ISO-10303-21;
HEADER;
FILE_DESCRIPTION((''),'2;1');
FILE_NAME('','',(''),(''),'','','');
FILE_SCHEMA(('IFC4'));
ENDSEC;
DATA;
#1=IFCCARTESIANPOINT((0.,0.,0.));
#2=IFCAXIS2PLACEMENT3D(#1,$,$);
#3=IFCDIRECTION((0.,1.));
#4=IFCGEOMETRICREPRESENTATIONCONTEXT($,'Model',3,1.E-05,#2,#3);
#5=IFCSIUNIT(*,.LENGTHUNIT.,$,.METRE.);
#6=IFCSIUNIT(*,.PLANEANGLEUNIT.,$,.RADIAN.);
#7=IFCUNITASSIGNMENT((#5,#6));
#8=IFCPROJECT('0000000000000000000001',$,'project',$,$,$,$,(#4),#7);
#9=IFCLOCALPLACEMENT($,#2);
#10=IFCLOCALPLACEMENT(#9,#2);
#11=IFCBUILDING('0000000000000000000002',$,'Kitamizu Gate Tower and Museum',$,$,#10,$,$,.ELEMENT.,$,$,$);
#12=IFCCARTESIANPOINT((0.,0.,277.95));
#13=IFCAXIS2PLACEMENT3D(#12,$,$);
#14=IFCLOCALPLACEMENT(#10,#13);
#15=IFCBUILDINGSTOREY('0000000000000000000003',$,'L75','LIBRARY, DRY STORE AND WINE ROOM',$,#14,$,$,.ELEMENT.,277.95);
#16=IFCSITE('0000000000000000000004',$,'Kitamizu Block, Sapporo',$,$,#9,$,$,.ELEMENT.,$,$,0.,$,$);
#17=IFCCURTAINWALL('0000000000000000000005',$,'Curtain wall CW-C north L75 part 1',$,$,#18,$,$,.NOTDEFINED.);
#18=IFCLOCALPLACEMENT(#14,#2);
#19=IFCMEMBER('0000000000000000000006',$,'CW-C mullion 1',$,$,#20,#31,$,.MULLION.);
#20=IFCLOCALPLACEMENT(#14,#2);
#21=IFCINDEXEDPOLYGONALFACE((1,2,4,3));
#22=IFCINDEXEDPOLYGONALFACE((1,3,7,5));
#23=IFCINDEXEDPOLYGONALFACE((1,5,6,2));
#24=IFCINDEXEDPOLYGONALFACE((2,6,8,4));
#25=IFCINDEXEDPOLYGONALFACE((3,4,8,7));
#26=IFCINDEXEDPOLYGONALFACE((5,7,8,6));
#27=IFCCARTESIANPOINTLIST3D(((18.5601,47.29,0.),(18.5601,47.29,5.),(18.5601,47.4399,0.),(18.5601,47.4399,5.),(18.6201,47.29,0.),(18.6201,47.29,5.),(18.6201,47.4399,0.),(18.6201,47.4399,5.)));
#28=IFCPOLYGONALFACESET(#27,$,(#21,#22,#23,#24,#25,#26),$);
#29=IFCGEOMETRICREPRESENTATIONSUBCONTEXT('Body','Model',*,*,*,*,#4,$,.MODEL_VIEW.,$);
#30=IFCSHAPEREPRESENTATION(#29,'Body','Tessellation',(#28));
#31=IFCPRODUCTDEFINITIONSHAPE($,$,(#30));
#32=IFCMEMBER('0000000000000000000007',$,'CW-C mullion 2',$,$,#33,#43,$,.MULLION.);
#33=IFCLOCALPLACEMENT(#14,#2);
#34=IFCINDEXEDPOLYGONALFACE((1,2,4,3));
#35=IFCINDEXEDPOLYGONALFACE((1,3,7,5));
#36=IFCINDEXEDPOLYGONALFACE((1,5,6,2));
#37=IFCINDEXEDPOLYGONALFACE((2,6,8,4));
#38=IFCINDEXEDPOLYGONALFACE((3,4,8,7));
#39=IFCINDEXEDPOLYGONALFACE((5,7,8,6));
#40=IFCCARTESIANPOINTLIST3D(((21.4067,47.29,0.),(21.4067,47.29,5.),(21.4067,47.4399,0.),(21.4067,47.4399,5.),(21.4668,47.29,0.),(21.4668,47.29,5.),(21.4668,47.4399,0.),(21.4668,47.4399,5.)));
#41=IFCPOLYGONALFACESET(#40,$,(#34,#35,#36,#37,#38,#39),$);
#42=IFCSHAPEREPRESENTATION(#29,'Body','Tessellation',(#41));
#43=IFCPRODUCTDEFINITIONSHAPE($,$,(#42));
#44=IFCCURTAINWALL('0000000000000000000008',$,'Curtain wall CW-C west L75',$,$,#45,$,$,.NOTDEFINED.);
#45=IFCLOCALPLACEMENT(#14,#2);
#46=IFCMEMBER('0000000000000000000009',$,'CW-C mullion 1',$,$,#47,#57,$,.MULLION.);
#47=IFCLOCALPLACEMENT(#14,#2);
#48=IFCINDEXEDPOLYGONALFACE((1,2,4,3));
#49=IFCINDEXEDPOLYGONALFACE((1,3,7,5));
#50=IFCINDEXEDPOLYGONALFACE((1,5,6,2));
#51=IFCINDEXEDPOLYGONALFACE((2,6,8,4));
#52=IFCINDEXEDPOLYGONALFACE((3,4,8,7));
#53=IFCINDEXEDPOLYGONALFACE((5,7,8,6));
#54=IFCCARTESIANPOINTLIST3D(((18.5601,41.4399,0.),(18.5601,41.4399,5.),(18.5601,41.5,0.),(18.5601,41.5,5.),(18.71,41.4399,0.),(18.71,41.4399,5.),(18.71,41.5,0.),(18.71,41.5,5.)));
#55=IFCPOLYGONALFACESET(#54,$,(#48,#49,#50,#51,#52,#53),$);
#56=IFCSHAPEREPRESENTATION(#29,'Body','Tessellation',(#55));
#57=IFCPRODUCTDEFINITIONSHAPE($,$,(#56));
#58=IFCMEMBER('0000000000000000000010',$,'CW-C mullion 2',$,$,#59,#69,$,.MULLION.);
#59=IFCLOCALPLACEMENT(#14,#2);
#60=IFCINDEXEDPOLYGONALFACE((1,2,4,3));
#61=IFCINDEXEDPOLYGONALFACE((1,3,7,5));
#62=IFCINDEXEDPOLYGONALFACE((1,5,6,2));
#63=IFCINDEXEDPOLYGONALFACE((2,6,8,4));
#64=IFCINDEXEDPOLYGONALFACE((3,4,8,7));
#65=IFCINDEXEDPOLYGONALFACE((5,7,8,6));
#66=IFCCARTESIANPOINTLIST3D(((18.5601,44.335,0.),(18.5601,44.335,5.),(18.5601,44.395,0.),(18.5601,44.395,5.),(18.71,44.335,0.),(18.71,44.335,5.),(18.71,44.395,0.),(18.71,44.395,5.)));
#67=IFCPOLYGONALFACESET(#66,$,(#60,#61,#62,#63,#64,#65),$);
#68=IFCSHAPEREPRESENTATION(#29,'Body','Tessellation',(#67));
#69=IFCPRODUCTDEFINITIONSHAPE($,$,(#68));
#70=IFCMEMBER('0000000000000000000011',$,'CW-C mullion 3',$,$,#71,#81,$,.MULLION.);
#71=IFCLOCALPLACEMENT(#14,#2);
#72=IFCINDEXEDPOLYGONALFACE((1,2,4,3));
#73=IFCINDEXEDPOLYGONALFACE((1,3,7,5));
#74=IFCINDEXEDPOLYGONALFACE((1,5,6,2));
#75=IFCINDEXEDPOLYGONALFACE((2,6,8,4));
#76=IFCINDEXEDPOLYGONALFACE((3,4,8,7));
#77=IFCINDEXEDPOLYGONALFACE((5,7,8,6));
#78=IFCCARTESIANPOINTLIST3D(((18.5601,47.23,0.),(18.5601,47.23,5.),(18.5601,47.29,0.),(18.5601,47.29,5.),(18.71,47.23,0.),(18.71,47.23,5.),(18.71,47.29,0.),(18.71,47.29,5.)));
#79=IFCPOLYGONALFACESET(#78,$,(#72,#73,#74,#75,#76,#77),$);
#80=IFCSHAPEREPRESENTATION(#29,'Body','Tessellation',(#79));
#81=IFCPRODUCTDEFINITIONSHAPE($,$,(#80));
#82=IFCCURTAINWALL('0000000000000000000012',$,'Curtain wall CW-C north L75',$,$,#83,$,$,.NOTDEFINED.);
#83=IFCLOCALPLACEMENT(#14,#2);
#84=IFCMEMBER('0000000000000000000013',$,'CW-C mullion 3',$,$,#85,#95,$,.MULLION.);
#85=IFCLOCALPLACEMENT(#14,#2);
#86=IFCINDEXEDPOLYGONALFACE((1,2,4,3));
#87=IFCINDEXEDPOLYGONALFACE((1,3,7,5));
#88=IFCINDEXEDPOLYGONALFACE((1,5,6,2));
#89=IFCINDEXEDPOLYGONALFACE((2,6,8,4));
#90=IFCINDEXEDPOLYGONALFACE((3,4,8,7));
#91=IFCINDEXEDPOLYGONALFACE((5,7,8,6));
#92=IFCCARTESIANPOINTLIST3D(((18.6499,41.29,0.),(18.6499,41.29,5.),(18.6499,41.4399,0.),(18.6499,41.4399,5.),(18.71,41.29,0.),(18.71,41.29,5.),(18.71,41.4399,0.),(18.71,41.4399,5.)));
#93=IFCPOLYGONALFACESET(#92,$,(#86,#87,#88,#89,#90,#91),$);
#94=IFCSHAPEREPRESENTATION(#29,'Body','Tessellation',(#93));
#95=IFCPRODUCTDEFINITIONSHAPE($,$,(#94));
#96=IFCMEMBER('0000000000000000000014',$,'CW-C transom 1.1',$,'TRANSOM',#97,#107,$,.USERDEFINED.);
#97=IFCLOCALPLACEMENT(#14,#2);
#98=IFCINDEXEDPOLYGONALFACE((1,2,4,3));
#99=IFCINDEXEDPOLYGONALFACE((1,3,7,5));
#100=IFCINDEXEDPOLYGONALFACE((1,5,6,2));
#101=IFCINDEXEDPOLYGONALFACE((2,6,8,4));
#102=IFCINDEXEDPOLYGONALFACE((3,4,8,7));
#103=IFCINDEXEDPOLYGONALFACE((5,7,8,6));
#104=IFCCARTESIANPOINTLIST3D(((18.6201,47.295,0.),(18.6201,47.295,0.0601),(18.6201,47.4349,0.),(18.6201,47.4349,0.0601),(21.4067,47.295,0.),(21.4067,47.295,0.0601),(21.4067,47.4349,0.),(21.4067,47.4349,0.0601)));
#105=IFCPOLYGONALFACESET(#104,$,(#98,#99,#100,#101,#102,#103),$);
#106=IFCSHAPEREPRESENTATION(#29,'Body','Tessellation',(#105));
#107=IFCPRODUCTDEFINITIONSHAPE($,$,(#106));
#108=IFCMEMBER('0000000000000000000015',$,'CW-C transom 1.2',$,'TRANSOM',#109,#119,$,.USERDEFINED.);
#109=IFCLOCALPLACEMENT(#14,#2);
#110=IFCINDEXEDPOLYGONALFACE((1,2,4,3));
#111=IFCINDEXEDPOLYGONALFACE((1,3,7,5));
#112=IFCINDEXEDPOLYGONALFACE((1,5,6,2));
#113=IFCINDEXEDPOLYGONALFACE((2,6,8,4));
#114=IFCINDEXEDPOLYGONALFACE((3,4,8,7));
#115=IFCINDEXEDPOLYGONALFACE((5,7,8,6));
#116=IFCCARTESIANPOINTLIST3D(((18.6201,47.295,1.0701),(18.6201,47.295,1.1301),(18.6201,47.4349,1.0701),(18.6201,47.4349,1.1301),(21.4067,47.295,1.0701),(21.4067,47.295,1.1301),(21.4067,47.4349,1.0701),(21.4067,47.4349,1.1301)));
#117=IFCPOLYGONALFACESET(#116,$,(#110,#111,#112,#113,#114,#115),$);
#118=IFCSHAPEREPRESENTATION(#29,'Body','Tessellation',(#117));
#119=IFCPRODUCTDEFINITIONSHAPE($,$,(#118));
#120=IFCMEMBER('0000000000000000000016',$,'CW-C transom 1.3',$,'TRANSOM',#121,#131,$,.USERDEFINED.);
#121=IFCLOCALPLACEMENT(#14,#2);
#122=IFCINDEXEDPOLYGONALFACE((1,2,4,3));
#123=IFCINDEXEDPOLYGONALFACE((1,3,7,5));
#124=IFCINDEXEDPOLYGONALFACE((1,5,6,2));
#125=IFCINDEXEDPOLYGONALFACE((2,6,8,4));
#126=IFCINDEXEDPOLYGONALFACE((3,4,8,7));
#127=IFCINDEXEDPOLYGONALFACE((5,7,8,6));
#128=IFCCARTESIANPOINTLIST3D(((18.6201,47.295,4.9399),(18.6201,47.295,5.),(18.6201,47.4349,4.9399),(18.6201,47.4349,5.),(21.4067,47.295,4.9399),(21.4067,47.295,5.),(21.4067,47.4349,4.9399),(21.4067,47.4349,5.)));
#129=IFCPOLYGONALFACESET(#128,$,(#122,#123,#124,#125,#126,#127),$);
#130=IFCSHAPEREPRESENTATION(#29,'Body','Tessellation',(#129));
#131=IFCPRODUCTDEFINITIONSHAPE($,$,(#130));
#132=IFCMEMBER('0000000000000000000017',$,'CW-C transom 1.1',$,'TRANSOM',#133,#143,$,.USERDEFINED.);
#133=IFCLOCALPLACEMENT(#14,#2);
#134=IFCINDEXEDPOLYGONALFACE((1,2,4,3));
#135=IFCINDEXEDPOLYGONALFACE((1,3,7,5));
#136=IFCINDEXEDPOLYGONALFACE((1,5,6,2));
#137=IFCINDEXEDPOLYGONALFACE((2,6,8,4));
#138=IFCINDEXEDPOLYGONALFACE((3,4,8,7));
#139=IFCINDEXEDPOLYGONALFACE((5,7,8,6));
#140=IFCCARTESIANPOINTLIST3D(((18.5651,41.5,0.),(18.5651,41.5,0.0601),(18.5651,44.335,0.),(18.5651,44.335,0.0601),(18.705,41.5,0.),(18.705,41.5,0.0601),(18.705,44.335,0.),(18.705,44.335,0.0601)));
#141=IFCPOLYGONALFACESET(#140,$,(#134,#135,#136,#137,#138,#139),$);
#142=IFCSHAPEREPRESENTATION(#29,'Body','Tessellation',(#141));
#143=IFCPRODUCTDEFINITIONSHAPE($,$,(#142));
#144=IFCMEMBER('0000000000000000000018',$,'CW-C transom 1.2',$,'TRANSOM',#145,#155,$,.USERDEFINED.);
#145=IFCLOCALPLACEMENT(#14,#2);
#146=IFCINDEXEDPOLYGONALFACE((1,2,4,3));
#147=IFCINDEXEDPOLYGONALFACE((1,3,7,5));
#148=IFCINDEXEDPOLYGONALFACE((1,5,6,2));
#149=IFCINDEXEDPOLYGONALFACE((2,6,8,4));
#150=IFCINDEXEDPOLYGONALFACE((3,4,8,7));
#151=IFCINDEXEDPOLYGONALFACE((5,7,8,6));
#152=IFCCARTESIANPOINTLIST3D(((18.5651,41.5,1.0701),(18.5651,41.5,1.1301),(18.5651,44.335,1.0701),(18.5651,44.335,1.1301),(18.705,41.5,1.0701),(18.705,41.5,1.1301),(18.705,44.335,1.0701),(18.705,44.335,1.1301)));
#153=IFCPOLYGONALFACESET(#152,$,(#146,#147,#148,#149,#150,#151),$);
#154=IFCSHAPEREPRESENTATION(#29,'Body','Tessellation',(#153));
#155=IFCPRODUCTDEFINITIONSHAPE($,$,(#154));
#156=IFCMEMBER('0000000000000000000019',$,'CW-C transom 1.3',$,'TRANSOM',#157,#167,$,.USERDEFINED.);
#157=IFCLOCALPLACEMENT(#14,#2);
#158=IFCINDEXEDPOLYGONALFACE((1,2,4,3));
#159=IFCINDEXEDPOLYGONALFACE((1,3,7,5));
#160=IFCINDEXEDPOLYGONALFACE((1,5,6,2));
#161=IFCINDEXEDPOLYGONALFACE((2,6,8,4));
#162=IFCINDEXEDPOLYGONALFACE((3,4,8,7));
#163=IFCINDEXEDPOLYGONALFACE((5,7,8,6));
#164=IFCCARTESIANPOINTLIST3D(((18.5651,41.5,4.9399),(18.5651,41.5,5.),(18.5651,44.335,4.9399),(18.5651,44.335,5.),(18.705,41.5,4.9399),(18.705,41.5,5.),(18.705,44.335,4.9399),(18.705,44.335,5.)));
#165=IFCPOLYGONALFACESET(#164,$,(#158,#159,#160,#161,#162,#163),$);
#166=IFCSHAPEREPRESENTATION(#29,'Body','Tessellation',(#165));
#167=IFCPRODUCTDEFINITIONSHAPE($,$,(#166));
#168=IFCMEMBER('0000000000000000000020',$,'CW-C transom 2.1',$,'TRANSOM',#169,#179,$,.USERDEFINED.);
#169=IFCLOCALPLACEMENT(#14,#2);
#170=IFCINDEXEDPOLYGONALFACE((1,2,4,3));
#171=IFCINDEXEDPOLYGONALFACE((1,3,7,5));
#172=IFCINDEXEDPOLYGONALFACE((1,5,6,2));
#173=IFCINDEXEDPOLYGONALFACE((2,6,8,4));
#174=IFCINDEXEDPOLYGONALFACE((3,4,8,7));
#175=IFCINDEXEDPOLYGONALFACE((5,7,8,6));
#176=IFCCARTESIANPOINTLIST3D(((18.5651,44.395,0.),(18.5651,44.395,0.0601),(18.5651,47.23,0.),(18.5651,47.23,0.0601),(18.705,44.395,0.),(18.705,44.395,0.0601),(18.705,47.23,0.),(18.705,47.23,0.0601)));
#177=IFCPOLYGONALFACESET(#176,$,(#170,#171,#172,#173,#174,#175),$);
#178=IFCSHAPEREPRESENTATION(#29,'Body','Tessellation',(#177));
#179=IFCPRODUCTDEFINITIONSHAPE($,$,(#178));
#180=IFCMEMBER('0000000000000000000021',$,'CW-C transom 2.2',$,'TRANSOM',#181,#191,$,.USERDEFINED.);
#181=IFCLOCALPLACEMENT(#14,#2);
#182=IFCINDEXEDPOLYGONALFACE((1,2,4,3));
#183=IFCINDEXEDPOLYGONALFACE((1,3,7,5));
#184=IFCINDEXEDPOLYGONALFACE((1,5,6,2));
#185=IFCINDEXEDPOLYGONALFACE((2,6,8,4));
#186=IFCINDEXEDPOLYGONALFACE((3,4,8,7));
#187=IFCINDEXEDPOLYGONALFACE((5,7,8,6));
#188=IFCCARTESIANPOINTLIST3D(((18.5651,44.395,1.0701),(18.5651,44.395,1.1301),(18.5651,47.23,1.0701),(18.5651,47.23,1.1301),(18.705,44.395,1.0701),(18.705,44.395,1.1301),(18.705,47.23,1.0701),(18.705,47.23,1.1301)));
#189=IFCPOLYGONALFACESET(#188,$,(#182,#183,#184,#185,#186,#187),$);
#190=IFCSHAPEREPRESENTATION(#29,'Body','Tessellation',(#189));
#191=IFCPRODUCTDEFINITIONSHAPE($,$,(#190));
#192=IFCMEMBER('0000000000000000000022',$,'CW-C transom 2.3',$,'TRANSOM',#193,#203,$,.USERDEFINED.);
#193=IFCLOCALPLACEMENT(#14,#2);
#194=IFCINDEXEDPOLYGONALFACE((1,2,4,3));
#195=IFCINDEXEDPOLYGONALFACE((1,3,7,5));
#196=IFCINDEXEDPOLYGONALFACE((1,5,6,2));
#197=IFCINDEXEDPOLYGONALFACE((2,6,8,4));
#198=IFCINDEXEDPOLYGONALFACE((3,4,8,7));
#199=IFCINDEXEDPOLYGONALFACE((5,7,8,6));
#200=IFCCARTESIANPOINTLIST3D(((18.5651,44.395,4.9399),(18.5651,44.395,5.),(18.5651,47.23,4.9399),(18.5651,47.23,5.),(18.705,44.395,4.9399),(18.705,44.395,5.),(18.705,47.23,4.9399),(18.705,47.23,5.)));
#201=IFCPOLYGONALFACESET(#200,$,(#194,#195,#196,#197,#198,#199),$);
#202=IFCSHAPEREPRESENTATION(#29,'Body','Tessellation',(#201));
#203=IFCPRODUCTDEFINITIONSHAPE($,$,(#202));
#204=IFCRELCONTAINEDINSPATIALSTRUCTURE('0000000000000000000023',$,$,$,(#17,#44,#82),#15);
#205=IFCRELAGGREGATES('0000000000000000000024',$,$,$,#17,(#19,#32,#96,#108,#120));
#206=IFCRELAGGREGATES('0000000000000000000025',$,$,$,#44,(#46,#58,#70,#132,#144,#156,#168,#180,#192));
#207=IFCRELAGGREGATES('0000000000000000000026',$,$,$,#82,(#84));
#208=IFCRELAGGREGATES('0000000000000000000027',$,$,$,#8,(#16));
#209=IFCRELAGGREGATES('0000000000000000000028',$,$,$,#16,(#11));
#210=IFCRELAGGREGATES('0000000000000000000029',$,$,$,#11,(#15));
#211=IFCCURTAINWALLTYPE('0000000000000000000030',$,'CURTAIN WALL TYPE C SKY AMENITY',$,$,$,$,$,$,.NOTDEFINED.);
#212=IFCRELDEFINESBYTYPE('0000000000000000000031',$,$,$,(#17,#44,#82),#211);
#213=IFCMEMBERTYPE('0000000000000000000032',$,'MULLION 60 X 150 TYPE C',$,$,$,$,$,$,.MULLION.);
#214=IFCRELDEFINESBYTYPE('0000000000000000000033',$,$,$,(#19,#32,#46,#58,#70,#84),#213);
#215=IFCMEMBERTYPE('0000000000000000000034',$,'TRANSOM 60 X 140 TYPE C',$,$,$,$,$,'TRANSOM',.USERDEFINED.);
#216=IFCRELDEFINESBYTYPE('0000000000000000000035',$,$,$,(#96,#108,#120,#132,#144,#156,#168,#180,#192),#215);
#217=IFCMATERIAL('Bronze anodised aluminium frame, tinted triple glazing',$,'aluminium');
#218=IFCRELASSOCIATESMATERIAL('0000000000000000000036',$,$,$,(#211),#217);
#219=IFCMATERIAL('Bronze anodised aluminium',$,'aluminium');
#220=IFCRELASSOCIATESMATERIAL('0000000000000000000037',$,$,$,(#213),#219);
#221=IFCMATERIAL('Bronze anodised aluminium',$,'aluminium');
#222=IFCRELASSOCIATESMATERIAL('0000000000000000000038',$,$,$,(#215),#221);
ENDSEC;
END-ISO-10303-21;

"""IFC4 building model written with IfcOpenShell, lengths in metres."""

from ifc_helpers import new_model, si_unit, direction, frame, origin, origin_2d, place, context, subcontext, project, spatial, rectangle, extrude, material, material_profile, profile_set, type_object, element, aggregate, save


model = new_model("IFC4")

# Units and contexts
model_context = context("Model", 3, precision=1e-05, world=origin(), true_north=direction((0.0, 1.0)))
body_context = subcontext(model_context, "Body", "Model", "MODEL_VIEW")
ifc_project = project(units=[si_unit("LENGTHUNIT", "METRE"), si_unit("PLANEANGLEUNIT", "RADIAN")], contexts=[model_context])

# Site, building, storey
site_placement = place(None, origin())
site = spatial("IfcSite", under=ifc_project, at=site_placement, Name="Kitamizu Block, Sapporo", CompositionType="ELEMENT", RefElevation=0.0)
building_placement = place(site_placement, origin())
building = spatial("IfcBuilding", under=site, at=building_placement, Name="Kitamizu Gate Tower and Museum", CompositionType="ELEMENT")
storey_placement = place(building_placement, frame((0.0, 0.0, 277.95)))
storey = spatial("IfcBuildingStorey", under=building, at=storey_placement, Name="L75", Description="LIBRARY, DRY STORE AND WINE ROOM", CompositionType="ELEMENT", Elevation=277.95)

# Curtain walls, members
ifc_material_1 = material(Name="Bronze anodised aluminium frame, tinted triple glazing", Category="aluminium")
curtain_wall_type = type_object("IfcCurtainWallType", Name="CURTAIN WALL TYPE C SKY AMENITY", PredefinedType="NOTDEFINED", material=ifc_material_1)
curtain_wall_1_placement = place(storey_placement, origin())
curtain_wall_1 = element("IfcCurtainWall", 1, at=curtain_wall_1_placement, inside=storey, type_object=curtain_wall_type, Name="Curtain wall CW-C north L75 part 1", PredefinedType="NOTDEFINED")
ifc_material_2 = material(Name="Bronze anodised aluminium", Category="aluminium")
ifc_material_profile_1 = material_profile(ifc_material_2, rectangle(XDim=0.0601, YDim=0.1499, at=origin_2d()), Name="AL 60X150")
ifc_profile_set_1 = profile_set([ifc_material_profile_1], Name="Bronze anodised aluminium")
member_type_1 = type_object("IfcMemberType", Name="MULLION 60 X 150 TYPE C", PredefinedType="MULLION", material=ifc_profile_set_1)
member_1_placement = place(storey_placement, frame((18.5901, 47.365, 0.0), z_axis=(0.0, 0.0, 1.0), x_axis=(1.0, 0.0, 0.0)))
member_1 = element("IfcMember", 2, at=member_1_placement, type_object=member_type_1, Name="CW-C mullion 1", PredefinedType="MULLION", context=body_context, shape_type="SweptSolid", body=[
    extrude(rectangle(XDim=0.0601, YDim=0.1499, at=origin_2d()), origin(), (0.0, 0.0, 1.0), 5.0),
])
member_2_placement = place(storey_placement, frame((21.4368, 47.365, 0.0), z_axis=(0.0, 0.0, 1.0), x_axis=(1.0, 0.0, 0.0)))
member_2 = element("IfcMember", 3, at=member_2_placement, type_object=member_type_1, Name="CW-C mullion 2", PredefinedType="MULLION", context=body_context, shape_type="SweptSolid", body=[
    extrude(rectangle(XDim=0.0601, YDim=0.1499, at=origin_2d()), origin(), (0.0, 0.0, 1.0), 5.0),
])
curtain_wall_2_placement = place(storey_placement, origin())
curtain_wall_2 = element("IfcCurtainWall", 4, at=curtain_wall_2_placement, inside=storey, type_object=curtain_wall_type, Name="Curtain wall CW-C west L75", PredefinedType="NOTDEFINED")
member_3_placement = place(storey_placement, frame((18.635, 41.47, 0.0), z_axis=(0.0, 0.0, 1.0), x_axis=(0.0, 1.0, 0.0)))
member_3 = element("IfcMember", 5, at=member_3_placement, type_object=member_type_1, Name="CW-C mullion 1", PredefinedType="MULLION", context=body_context, shape_type="SweptSolid", body=[
    extrude(rectangle(XDim=0.0601, YDim=0.1499, at=origin_2d()), origin(), (0.0, 0.0, 1.0), 5.0),
])
member_4_placement = place(storey_placement, frame((18.635, 44.365, 0.0), z_axis=(0.0, 0.0, 1.0), x_axis=(0.0, 1.0, 0.0)))
member_4 = element("IfcMember", 6, at=member_4_placement, type_object=member_type_1, Name="CW-C mullion 2", PredefinedType="MULLION", context=body_context, shape_type="SweptSolid", body=[
    extrude(rectangle(XDim=0.0601, YDim=0.1499, at=origin_2d()), origin(), (0.0, 0.0, 1.0), 5.0),
])
member_5_placement = place(storey_placement, frame((18.635, 47.26, 0.0), z_axis=(0.0, 0.0, 1.0), x_axis=(0.0, 1.0, 0.0)))
member_5 = element("IfcMember", 7, at=member_5_placement, type_object=member_type_1, Name="CW-C mullion 3", PredefinedType="MULLION", context=body_context, shape_type="SweptSolid", body=[
    extrude(rectangle(XDim=0.0601, YDim=0.1499, at=origin_2d()), origin(), (0.0, 0.0, 1.0), 5.0),
])

# Curtain wall, member
curtain_wall_3_placement = place(storey_placement, origin())
curtain_wall_3 = element("IfcCurtainWall", 8, at=curtain_wall_3_placement, inside=storey, type_object=curtain_wall_type, Name="Curtain wall CW-C north L75", PredefinedType="NOTDEFINED")
member_6_placement = place(storey_placement, frame((18.6799, 41.365, 0.0), z_axis=(0.0, 0.0, 1.0), x_axis=(1.0, 0.0, 0.0)))
member_6 = element("IfcMember", 9, at=member_6_placement, type_object=member_type_1, Name="CW-C mullion 3", PredefinedType="MULLION", context=body_context, shape_type="SweptSolid", body=[
    extrude(rectangle(XDim=0.0601, YDim=0.1499, at=origin_2d()), origin(), (0.0, 0.0, 1.0), 5.0),
])

# Members
ifc_material_3 = material(Name="Bronze anodised aluminium", Category="aluminium")
ifc_material_profile_2 = material_profile(ifc_material_3, rectangle(XDim=0.1399, YDim=0.0601, at=origin_2d()), Name="AL 60X140")
ifc_profile_set_2 = profile_set([ifc_material_profile_2], Name="Bronze anodised aluminium")
member_type_2 = type_object("IfcMemberType", Name="TRANSOM 60 X 140 TYPE C", ElementType="TRANSOM", PredefinedType="USERDEFINED", material=ifc_profile_set_2)
member_7_placement = place(storey_placement, frame((18.6201, 47.365, 0.03), z_axis=(1.0, 0.0, 0.0), x_axis=(0.0, 1.0, 0.0)))
member_7 = element("IfcMember", 10, at=member_7_placement, type_object=member_type_2, Name="CW-C transom 1.1", ObjectType="TRANSOM", PredefinedType="USERDEFINED", context=body_context, shape_type="SweptSolid", body=[
    extrude(rectangle(XDim=0.1399, YDim=0.0601, at=origin_2d()), origin(), (0.0, 0.0, 1.0), 2.7866),
])
member_8_placement = place(storey_placement, frame((18.6201, 47.365, 1.1001), z_axis=(1.0, 0.0, 0.0), x_axis=(0.0, 1.0, 0.0)))
member_8 = element("IfcMember", 11, at=member_8_placement, type_object=member_type_2, Name="CW-C transom 1.2", ObjectType="TRANSOM", PredefinedType="USERDEFINED", context=body_context, shape_type="SweptSolid", body=[
    extrude(rectangle(XDim=0.1399, YDim=0.0601, at=origin_2d()), origin(), (0.0, 0.0, 1.0), 2.7866),
])
member_9_placement = place(storey_placement, frame((18.6201, 47.365, 4.97), z_axis=(1.0, 0.0, 0.0), x_axis=(0.0, 1.0, 0.0)))
member_9 = element("IfcMember", 12, at=member_9_placement, type_object=member_type_2, Name="CW-C transom 1.3", ObjectType="TRANSOM", PredefinedType="USERDEFINED", context=body_context, shape_type="SweptSolid", body=[
    extrude(rectangle(XDim=0.1399, YDim=0.0601, at=origin_2d()), origin(), (0.0, 0.0, 1.0), 2.7866),
])
member_10_placement = place(storey_placement, frame((18.635, 41.5, 0.03), z_axis=(0.0, 1.0, 0.0), x_axis=(-1.0, 0.0, 0.0)))
member_10 = element("IfcMember", 13, at=member_10_placement, type_object=member_type_2, Name="CW-C transom 1.1", ObjectType="TRANSOM", PredefinedType="USERDEFINED", context=body_context, shape_type="SweptSolid", body=[
    extrude(rectangle(XDim=0.1399, YDim=0.0601, at=origin_2d()), origin(), (0.0, 0.0, 1.0), 2.835),
])
member_11_placement = place(storey_placement, frame((18.635, 41.5, 1.1001), z_axis=(0.0, 1.0, 0.0), x_axis=(-1.0, 0.0, 0.0)))
member_11 = element("IfcMember", 14, at=member_11_placement, type_object=member_type_2, Name="CW-C transom 1.2", ObjectType="TRANSOM", PredefinedType="USERDEFINED", context=body_context, shape_type="SweptSolid", body=[
    extrude(rectangle(XDim=0.1399, YDim=0.0601, at=origin_2d()), origin(), (0.0, 0.0, 1.0), 2.835),
])
member_12_placement = place(storey_placement, frame((18.635, 41.5, 4.97), z_axis=(0.0, 1.0, 0.0), x_axis=(-1.0, 0.0, 0.0)))
member_12 = element("IfcMember", 15, at=member_12_placement, type_object=member_type_2, Name="CW-C transom 1.3", ObjectType="TRANSOM", PredefinedType="USERDEFINED", context=body_context, shape_type="SweptSolid", body=[
    extrude(rectangle(XDim=0.1399, YDim=0.0601, at=origin_2d()), origin(), (0.0, 0.0, 1.0), 2.835),
])
member_13_placement = place(storey_placement, frame((18.635, 44.395, 0.03), z_axis=(0.0, 1.0, 0.0), x_axis=(-1.0, 0.0, 0.0)))
member_13 = element("IfcMember", 16, at=member_13_placement, type_object=member_type_2, Name="CW-C transom 2.1", ObjectType="TRANSOM", PredefinedType="USERDEFINED", context=body_context, shape_type="SweptSolid", body=[
    extrude(rectangle(XDim=0.1399, YDim=0.0601, at=origin_2d()), origin(), (0.0, 0.0, 1.0), 2.835),
])
member_14_placement = place(storey_placement, frame((18.635, 44.395, 1.1001), z_axis=(0.0, 1.0, 0.0), x_axis=(-1.0, 0.0, 0.0)))
member_14 = element("IfcMember", 17, at=member_14_placement, type_object=member_type_2, Name="CW-C transom 2.2", ObjectType="TRANSOM", PredefinedType="USERDEFINED", context=body_context, shape_type="SweptSolid", body=[
    extrude(rectangle(XDim=0.1399, YDim=0.0601, at=origin_2d()), origin(), (0.0, 0.0, 1.0), 2.835),
])
member_15_placement = place(storey_placement, frame((18.635, 44.395, 4.97), z_axis=(0.0, 1.0, 0.0), x_axis=(-1.0, 0.0, 0.0)))
member_15 = element("IfcMember", 18, at=member_15_placement, type_object=member_type_2, Name="CW-C transom 2.3", ObjectType="TRANSOM", PredefinedType="USERDEFINED", context=body_context, shape_type="SweptSolid", body=[
    extrude(rectangle(XDim=0.1399, YDim=0.0601, at=origin_2d()), origin(), (0.0, 0.0, 1.0), 2.835),
])

aggregate(curtain_wall_1, [member_1, member_2, member_7, member_8, member_9])
aggregate(curtain_wall_2, [member_3, member_4, member_5, member_10, member_11, member_12, member_13, member_14, member_15])
aggregate(curtain_wall_3, [member_6])

save(model, "model.ifc")
